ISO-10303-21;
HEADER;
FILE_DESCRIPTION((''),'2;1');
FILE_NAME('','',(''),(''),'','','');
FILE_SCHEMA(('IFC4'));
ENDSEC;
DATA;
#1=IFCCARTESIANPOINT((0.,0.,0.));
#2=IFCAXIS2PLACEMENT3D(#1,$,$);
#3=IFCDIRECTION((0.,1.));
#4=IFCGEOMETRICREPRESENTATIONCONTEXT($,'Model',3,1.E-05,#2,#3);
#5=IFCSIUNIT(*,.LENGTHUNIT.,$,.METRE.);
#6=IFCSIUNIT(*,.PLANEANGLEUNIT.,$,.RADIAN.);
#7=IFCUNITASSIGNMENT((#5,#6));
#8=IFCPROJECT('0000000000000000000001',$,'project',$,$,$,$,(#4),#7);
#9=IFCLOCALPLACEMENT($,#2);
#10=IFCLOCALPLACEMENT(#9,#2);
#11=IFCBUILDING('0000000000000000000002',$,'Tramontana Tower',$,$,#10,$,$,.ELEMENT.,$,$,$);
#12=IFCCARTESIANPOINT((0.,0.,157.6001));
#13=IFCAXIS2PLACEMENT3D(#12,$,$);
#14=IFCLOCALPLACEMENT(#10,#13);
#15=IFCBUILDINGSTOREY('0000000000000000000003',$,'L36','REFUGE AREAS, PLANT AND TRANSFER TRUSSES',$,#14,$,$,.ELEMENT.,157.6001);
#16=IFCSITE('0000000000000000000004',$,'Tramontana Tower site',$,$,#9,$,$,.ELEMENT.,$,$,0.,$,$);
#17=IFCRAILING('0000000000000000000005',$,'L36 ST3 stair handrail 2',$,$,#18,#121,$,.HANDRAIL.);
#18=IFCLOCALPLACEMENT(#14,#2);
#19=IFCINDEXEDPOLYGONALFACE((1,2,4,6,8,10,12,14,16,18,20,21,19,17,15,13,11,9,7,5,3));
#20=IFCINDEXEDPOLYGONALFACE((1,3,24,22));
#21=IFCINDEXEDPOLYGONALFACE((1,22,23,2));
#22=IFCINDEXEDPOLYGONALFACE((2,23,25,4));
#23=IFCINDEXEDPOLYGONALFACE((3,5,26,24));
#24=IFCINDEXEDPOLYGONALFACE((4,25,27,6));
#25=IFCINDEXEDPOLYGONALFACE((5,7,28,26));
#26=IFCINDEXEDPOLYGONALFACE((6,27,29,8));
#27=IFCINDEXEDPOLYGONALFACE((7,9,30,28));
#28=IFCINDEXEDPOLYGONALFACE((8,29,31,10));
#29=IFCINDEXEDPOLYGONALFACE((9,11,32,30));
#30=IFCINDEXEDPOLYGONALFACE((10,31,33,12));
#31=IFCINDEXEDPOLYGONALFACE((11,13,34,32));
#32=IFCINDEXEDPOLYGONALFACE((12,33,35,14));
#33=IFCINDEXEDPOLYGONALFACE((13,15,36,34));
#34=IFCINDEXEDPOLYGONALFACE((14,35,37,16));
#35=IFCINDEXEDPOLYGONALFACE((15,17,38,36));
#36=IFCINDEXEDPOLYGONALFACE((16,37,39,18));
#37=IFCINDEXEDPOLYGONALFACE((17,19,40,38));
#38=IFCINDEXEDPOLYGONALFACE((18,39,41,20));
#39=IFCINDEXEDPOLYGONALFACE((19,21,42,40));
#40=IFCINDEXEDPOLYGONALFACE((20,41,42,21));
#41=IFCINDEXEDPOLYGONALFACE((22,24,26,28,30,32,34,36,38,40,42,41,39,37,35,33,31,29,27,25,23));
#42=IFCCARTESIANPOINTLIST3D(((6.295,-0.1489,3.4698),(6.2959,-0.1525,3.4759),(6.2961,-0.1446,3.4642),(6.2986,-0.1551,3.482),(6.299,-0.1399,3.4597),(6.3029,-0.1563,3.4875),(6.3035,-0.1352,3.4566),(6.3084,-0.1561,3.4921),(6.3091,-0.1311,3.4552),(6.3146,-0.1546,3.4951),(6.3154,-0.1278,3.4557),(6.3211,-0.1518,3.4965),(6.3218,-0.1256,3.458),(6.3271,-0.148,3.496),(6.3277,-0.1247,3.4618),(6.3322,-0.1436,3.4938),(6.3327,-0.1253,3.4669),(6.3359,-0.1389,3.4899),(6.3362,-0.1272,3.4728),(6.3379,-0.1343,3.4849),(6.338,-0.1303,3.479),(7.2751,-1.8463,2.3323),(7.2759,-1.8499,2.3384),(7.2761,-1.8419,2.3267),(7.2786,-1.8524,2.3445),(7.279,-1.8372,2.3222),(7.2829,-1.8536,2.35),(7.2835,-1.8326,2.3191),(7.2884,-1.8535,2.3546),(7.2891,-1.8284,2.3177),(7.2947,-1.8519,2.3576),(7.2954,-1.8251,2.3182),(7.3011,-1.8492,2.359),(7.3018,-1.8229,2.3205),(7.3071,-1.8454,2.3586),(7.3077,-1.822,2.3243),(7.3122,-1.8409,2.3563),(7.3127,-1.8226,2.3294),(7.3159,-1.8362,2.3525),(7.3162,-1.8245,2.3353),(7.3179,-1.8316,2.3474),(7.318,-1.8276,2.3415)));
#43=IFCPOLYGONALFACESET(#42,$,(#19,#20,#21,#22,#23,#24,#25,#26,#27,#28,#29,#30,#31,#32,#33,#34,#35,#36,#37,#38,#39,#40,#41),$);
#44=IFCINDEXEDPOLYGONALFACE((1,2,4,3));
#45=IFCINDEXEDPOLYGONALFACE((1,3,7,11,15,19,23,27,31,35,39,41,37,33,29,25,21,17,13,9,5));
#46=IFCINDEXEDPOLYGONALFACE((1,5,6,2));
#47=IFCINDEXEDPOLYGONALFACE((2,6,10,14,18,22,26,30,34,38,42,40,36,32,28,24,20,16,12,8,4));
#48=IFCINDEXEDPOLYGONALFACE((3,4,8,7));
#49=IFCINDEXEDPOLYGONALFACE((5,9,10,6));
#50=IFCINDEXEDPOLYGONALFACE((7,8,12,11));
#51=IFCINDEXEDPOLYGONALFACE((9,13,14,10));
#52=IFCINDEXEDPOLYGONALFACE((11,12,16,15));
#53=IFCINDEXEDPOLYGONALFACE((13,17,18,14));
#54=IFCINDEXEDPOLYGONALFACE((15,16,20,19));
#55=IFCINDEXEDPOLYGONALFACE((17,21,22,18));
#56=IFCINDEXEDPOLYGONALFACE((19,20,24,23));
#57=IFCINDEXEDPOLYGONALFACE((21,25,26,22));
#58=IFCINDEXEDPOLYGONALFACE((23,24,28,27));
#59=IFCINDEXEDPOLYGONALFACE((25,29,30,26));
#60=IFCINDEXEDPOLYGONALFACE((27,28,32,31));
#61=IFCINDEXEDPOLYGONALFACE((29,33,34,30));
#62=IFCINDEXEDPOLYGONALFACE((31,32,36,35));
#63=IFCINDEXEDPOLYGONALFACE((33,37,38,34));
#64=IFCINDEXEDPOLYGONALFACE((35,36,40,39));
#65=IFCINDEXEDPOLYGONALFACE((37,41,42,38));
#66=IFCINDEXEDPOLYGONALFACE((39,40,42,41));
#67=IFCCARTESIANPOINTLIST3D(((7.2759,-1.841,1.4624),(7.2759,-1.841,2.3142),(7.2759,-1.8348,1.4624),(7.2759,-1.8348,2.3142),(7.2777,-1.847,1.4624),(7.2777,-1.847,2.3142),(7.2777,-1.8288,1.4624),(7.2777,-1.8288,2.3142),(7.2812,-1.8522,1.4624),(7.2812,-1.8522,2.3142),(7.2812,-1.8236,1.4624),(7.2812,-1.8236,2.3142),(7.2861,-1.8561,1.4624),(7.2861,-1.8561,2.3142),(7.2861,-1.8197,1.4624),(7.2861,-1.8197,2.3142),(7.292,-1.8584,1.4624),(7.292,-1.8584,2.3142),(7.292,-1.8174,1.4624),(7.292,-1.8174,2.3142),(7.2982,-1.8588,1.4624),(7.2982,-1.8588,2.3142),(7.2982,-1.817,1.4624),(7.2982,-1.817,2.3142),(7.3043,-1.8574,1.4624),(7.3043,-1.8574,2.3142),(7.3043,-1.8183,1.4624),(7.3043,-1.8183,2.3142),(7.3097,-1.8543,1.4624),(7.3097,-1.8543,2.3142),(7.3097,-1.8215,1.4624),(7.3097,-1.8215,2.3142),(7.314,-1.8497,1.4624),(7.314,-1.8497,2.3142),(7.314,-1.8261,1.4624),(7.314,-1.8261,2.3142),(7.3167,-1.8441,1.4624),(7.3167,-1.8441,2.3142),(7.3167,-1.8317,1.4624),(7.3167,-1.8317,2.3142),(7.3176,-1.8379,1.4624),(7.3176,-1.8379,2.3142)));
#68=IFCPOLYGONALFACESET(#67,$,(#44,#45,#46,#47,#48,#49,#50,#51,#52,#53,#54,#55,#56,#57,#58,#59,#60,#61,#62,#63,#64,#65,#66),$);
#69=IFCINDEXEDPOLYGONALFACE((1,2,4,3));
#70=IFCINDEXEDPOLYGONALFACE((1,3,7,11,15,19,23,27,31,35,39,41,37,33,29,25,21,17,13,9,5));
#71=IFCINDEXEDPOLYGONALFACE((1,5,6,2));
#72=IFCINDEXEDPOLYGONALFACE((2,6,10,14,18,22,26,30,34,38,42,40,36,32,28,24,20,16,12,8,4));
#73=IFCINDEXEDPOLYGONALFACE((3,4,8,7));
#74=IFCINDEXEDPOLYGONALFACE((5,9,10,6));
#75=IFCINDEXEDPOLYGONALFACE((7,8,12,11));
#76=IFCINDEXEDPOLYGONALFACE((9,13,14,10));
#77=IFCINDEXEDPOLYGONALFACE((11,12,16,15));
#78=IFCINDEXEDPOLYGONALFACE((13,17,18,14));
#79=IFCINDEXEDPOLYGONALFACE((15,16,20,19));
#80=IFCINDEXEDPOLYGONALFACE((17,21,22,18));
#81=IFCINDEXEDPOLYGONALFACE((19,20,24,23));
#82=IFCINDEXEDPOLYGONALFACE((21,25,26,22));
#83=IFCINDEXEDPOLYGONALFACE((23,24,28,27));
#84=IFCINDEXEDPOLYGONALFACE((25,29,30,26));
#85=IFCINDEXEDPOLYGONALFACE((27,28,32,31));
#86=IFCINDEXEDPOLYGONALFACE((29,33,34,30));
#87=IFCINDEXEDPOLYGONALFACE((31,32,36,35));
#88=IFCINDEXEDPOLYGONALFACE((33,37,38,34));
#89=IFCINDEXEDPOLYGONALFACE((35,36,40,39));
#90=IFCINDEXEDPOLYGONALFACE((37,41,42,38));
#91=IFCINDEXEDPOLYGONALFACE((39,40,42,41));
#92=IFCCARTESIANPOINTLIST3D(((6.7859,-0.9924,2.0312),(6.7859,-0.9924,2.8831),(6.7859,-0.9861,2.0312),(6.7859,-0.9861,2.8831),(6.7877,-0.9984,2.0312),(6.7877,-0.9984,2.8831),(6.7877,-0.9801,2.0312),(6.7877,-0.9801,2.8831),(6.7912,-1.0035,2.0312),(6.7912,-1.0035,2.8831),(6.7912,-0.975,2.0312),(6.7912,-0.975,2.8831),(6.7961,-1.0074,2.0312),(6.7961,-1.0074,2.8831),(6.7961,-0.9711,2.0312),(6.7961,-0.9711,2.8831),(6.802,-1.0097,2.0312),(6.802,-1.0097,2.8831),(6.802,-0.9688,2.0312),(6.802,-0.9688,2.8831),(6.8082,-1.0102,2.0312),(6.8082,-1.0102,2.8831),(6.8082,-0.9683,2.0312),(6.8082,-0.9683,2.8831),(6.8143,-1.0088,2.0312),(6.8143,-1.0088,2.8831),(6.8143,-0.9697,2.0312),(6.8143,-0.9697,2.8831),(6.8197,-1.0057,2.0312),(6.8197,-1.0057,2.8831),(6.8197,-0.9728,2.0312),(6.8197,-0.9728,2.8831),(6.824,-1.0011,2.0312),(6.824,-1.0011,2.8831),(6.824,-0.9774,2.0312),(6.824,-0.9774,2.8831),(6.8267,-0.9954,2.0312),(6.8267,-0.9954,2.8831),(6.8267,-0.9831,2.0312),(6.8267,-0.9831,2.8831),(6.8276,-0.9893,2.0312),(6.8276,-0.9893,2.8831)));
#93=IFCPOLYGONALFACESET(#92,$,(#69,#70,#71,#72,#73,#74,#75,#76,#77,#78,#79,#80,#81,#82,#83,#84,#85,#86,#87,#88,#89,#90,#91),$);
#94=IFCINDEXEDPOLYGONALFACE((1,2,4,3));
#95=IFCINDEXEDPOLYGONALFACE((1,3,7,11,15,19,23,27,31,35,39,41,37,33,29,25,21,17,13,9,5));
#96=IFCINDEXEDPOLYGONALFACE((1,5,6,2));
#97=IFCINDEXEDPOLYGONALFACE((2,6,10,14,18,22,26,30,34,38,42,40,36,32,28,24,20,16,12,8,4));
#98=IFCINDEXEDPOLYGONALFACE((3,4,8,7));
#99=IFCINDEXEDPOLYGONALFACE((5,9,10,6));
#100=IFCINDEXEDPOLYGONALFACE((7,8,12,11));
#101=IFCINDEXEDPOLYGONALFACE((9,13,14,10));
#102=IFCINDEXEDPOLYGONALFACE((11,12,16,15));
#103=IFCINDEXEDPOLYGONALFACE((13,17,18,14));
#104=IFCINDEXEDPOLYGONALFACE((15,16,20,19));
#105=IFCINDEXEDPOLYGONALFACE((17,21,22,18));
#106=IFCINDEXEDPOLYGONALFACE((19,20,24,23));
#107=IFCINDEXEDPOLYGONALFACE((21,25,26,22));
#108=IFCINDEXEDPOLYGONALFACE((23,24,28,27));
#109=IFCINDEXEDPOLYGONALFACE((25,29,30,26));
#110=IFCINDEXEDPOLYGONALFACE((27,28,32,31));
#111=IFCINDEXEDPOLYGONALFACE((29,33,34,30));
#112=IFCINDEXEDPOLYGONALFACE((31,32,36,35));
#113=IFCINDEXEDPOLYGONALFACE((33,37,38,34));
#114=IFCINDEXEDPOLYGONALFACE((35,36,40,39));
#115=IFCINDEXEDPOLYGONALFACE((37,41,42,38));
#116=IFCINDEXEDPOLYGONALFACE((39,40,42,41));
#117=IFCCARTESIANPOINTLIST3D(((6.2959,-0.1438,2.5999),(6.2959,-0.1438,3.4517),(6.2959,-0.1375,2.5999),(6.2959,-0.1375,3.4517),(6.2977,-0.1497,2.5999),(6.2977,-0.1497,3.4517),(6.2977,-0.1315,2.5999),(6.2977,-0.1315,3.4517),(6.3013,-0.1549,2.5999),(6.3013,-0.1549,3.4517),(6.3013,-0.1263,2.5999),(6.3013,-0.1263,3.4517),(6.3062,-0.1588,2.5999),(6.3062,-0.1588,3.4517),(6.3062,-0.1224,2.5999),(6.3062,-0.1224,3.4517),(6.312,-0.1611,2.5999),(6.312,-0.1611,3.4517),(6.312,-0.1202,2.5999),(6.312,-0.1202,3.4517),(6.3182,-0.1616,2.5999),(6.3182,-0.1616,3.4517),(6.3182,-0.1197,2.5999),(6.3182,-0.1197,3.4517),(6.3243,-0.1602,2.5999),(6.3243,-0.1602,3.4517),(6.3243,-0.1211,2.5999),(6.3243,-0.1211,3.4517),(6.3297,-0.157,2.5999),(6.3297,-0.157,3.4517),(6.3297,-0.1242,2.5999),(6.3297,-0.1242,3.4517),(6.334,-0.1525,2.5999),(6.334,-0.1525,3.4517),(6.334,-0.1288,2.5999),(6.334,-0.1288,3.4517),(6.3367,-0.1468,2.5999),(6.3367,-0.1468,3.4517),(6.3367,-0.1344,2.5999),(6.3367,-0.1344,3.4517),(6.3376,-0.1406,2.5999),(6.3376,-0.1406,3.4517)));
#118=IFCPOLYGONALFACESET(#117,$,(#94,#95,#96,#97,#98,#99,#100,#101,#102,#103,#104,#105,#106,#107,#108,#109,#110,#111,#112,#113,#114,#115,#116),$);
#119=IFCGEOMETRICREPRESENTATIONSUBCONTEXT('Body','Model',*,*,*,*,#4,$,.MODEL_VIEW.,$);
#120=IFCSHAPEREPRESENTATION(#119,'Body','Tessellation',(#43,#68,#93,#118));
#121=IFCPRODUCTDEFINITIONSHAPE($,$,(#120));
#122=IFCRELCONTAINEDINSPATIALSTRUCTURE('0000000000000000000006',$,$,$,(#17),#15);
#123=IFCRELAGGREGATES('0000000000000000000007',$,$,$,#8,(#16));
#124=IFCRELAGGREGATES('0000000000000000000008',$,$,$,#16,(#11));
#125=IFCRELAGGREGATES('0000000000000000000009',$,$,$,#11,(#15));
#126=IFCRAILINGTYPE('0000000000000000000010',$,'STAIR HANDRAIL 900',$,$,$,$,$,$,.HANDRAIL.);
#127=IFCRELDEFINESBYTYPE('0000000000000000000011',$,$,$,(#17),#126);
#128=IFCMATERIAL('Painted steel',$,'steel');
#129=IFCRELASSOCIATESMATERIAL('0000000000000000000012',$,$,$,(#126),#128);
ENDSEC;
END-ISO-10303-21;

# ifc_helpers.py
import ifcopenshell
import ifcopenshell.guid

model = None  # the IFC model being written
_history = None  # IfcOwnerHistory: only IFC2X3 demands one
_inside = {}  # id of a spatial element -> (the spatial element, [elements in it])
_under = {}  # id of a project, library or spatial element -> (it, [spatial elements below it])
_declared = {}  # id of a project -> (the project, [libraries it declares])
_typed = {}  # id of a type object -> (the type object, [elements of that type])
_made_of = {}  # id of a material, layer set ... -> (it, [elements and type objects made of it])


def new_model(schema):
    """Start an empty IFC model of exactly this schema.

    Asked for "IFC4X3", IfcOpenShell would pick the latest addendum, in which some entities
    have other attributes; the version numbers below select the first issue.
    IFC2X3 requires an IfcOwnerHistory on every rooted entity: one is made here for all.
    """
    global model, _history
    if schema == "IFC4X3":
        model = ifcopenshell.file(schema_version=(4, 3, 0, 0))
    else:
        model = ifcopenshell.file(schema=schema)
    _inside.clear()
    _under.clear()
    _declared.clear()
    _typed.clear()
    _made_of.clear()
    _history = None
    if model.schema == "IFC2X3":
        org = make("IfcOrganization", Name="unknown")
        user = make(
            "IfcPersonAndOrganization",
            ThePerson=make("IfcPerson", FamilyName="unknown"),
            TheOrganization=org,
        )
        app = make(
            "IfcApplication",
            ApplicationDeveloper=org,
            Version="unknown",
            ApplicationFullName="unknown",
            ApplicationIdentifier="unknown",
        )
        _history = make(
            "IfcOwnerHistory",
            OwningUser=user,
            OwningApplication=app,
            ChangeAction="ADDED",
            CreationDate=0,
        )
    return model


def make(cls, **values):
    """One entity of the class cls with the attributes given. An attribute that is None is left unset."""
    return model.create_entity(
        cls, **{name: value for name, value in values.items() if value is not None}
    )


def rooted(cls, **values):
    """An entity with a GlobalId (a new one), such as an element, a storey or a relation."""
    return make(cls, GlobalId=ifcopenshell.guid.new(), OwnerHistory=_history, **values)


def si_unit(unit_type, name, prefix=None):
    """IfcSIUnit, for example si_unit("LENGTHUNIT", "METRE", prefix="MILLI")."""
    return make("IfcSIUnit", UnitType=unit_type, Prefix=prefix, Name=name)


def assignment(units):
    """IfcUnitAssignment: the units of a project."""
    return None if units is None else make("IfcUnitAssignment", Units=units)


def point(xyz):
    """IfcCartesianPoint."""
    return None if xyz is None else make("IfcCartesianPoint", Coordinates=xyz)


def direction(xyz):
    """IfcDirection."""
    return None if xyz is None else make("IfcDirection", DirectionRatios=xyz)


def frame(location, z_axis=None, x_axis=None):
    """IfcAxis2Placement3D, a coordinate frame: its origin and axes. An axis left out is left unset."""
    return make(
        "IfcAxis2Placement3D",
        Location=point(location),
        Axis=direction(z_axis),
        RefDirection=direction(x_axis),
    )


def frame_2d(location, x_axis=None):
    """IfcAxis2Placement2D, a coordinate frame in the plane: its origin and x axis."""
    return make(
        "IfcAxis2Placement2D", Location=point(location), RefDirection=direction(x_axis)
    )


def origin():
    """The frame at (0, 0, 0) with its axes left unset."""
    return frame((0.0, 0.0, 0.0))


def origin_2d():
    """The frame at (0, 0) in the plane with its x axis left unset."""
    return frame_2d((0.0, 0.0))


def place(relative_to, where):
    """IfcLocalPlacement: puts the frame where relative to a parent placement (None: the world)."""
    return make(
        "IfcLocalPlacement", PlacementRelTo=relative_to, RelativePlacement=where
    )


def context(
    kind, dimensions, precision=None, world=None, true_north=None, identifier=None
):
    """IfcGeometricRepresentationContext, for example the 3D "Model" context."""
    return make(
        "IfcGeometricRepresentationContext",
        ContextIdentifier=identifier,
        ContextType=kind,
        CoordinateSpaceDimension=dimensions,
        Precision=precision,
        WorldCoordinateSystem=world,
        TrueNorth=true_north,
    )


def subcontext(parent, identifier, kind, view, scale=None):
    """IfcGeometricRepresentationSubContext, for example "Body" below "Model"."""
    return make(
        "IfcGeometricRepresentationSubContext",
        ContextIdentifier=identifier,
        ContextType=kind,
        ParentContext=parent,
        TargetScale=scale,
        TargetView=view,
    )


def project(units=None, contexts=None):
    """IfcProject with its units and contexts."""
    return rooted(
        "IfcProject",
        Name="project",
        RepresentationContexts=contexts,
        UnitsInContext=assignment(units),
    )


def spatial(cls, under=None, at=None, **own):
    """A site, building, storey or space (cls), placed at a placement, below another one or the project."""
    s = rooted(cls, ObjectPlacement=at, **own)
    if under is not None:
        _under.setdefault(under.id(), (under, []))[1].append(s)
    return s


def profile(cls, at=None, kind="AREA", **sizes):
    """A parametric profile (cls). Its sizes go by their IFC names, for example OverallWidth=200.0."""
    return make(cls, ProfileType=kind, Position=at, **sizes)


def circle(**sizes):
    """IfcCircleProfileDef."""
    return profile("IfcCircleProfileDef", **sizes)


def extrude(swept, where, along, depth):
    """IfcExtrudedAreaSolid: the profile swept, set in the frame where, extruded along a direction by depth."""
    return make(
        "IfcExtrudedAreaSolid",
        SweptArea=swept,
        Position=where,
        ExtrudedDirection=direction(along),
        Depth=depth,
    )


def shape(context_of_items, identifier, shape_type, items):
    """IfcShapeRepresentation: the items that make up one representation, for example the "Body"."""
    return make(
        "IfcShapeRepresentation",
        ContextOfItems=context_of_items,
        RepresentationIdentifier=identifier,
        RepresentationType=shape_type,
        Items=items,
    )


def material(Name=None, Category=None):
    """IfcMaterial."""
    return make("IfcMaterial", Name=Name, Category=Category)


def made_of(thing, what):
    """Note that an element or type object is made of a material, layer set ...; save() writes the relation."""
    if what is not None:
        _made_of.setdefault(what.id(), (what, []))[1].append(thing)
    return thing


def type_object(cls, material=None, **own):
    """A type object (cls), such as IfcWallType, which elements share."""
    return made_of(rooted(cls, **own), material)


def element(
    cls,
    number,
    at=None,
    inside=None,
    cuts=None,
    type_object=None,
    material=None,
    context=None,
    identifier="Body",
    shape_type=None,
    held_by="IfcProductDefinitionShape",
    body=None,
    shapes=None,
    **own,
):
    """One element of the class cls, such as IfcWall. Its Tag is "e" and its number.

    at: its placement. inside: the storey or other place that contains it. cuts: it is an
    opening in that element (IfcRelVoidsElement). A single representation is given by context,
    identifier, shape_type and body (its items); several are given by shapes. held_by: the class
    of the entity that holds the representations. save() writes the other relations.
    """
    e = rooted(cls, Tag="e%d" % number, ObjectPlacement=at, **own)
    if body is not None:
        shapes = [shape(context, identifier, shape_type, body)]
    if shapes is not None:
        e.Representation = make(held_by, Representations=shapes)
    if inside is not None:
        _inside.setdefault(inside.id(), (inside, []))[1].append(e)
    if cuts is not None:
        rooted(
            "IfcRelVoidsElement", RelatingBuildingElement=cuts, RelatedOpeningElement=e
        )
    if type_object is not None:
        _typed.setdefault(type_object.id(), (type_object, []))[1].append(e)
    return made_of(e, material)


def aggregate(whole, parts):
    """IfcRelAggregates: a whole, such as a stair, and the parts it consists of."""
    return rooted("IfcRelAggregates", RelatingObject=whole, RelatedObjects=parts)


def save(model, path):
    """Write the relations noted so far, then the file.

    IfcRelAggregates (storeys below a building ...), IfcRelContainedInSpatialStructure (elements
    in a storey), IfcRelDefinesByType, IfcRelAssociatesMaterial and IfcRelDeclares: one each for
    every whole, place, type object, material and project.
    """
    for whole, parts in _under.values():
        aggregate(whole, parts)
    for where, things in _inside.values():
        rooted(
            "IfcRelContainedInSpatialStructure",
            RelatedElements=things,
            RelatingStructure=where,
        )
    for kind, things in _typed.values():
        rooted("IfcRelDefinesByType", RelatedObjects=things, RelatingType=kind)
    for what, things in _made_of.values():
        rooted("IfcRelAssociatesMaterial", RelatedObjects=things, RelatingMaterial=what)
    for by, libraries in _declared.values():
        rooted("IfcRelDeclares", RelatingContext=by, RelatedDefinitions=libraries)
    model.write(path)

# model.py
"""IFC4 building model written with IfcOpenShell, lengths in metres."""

from ifc_helpers import new_model, si_unit, direction, frame, origin, origin_2d, place, context, subcontext, project, spatial, circle, extrude, material, type_object, element, save


model = new_model("IFC4")

# Units and contexts
model_context = context("Model", 3, precision=1e-05, world=origin(), true_north=direction((0.0, 1.0)))
body_context = subcontext(model_context, "Body", "Model", "MODEL_VIEW")
ifc_project = project(units=[si_unit("LENGTHUNIT", "METRE"), si_unit("PLANEANGLEUNIT", "RADIAN")], contexts=[model_context])

# Site, building, storey
site_placement = place(None, origin())
site = spatial("IfcSite", under=ifc_project, at=site_placement, Name="Tramontana Tower site", CompositionType="ELEMENT", RefElevation=0.0)
building_placement = place(site_placement, origin())
building = spatial("IfcBuilding", under=site, at=building_placement, Name="Tramontana Tower", CompositionType="ELEMENT")
storey_placement = place(building_placement, frame((0.0, 0.0, 157.6001)))
storey = spatial("IfcBuildingStorey", under=building, at=storey_placement, Name="L36", Description="REFUGE AREAS, PLANT AND TRANSFER TRUSSES", CompositionType="ELEMENT", Elevation=157.6001)

# Railing
ifc_material_1 = material(Name="Painted steel", Category="steel")
railing_type_1 = type_object("IfcRailingType", Name="STAIR HANDRAIL 900", PredefinedType="HANDRAIL", material=ifc_material_1)
for number, where, name in (
    (1, (7.2966, -1.8379, 1.4624), "L36 ST3 stair handrail 2"),
):
    element("IfcRailing", number, at=place(storey_placement, frame(where)), inside=storey, type_object=railing_type_1, Name=name, PredefinedType="HANDRAIL", context=body_context, shape_type="SweptSolid", body=[
        extrude(circle(Radius=0.0239, at=origin_2d()), frame((0.0, 0.0, 0.876), z_axis=(-0.432467, 0.749006, 0.501959), x_axis=(-0.866011, -0.500024, 0.0)), (0.0, 0.0, 1.0), 2.2661),
        extrude(circle(Radius=0.021, at=origin_2d()), origin(), (0.0, 0.0, 1.0), 0.8518),
        extrude(circle(Radius=0.021, at=origin_2d()), frame((-0.49, 0.8486, 0.5688)), (0.0, 0.0, 1.0), 0.8518),
        extrude(circle(Radius=0.021, at=origin_2d()), frame((-0.98, 1.6973, 1.1375)), (0.0, 0.0, 1.0), 0.8518),
    ])

save(model, "model.ifc")
